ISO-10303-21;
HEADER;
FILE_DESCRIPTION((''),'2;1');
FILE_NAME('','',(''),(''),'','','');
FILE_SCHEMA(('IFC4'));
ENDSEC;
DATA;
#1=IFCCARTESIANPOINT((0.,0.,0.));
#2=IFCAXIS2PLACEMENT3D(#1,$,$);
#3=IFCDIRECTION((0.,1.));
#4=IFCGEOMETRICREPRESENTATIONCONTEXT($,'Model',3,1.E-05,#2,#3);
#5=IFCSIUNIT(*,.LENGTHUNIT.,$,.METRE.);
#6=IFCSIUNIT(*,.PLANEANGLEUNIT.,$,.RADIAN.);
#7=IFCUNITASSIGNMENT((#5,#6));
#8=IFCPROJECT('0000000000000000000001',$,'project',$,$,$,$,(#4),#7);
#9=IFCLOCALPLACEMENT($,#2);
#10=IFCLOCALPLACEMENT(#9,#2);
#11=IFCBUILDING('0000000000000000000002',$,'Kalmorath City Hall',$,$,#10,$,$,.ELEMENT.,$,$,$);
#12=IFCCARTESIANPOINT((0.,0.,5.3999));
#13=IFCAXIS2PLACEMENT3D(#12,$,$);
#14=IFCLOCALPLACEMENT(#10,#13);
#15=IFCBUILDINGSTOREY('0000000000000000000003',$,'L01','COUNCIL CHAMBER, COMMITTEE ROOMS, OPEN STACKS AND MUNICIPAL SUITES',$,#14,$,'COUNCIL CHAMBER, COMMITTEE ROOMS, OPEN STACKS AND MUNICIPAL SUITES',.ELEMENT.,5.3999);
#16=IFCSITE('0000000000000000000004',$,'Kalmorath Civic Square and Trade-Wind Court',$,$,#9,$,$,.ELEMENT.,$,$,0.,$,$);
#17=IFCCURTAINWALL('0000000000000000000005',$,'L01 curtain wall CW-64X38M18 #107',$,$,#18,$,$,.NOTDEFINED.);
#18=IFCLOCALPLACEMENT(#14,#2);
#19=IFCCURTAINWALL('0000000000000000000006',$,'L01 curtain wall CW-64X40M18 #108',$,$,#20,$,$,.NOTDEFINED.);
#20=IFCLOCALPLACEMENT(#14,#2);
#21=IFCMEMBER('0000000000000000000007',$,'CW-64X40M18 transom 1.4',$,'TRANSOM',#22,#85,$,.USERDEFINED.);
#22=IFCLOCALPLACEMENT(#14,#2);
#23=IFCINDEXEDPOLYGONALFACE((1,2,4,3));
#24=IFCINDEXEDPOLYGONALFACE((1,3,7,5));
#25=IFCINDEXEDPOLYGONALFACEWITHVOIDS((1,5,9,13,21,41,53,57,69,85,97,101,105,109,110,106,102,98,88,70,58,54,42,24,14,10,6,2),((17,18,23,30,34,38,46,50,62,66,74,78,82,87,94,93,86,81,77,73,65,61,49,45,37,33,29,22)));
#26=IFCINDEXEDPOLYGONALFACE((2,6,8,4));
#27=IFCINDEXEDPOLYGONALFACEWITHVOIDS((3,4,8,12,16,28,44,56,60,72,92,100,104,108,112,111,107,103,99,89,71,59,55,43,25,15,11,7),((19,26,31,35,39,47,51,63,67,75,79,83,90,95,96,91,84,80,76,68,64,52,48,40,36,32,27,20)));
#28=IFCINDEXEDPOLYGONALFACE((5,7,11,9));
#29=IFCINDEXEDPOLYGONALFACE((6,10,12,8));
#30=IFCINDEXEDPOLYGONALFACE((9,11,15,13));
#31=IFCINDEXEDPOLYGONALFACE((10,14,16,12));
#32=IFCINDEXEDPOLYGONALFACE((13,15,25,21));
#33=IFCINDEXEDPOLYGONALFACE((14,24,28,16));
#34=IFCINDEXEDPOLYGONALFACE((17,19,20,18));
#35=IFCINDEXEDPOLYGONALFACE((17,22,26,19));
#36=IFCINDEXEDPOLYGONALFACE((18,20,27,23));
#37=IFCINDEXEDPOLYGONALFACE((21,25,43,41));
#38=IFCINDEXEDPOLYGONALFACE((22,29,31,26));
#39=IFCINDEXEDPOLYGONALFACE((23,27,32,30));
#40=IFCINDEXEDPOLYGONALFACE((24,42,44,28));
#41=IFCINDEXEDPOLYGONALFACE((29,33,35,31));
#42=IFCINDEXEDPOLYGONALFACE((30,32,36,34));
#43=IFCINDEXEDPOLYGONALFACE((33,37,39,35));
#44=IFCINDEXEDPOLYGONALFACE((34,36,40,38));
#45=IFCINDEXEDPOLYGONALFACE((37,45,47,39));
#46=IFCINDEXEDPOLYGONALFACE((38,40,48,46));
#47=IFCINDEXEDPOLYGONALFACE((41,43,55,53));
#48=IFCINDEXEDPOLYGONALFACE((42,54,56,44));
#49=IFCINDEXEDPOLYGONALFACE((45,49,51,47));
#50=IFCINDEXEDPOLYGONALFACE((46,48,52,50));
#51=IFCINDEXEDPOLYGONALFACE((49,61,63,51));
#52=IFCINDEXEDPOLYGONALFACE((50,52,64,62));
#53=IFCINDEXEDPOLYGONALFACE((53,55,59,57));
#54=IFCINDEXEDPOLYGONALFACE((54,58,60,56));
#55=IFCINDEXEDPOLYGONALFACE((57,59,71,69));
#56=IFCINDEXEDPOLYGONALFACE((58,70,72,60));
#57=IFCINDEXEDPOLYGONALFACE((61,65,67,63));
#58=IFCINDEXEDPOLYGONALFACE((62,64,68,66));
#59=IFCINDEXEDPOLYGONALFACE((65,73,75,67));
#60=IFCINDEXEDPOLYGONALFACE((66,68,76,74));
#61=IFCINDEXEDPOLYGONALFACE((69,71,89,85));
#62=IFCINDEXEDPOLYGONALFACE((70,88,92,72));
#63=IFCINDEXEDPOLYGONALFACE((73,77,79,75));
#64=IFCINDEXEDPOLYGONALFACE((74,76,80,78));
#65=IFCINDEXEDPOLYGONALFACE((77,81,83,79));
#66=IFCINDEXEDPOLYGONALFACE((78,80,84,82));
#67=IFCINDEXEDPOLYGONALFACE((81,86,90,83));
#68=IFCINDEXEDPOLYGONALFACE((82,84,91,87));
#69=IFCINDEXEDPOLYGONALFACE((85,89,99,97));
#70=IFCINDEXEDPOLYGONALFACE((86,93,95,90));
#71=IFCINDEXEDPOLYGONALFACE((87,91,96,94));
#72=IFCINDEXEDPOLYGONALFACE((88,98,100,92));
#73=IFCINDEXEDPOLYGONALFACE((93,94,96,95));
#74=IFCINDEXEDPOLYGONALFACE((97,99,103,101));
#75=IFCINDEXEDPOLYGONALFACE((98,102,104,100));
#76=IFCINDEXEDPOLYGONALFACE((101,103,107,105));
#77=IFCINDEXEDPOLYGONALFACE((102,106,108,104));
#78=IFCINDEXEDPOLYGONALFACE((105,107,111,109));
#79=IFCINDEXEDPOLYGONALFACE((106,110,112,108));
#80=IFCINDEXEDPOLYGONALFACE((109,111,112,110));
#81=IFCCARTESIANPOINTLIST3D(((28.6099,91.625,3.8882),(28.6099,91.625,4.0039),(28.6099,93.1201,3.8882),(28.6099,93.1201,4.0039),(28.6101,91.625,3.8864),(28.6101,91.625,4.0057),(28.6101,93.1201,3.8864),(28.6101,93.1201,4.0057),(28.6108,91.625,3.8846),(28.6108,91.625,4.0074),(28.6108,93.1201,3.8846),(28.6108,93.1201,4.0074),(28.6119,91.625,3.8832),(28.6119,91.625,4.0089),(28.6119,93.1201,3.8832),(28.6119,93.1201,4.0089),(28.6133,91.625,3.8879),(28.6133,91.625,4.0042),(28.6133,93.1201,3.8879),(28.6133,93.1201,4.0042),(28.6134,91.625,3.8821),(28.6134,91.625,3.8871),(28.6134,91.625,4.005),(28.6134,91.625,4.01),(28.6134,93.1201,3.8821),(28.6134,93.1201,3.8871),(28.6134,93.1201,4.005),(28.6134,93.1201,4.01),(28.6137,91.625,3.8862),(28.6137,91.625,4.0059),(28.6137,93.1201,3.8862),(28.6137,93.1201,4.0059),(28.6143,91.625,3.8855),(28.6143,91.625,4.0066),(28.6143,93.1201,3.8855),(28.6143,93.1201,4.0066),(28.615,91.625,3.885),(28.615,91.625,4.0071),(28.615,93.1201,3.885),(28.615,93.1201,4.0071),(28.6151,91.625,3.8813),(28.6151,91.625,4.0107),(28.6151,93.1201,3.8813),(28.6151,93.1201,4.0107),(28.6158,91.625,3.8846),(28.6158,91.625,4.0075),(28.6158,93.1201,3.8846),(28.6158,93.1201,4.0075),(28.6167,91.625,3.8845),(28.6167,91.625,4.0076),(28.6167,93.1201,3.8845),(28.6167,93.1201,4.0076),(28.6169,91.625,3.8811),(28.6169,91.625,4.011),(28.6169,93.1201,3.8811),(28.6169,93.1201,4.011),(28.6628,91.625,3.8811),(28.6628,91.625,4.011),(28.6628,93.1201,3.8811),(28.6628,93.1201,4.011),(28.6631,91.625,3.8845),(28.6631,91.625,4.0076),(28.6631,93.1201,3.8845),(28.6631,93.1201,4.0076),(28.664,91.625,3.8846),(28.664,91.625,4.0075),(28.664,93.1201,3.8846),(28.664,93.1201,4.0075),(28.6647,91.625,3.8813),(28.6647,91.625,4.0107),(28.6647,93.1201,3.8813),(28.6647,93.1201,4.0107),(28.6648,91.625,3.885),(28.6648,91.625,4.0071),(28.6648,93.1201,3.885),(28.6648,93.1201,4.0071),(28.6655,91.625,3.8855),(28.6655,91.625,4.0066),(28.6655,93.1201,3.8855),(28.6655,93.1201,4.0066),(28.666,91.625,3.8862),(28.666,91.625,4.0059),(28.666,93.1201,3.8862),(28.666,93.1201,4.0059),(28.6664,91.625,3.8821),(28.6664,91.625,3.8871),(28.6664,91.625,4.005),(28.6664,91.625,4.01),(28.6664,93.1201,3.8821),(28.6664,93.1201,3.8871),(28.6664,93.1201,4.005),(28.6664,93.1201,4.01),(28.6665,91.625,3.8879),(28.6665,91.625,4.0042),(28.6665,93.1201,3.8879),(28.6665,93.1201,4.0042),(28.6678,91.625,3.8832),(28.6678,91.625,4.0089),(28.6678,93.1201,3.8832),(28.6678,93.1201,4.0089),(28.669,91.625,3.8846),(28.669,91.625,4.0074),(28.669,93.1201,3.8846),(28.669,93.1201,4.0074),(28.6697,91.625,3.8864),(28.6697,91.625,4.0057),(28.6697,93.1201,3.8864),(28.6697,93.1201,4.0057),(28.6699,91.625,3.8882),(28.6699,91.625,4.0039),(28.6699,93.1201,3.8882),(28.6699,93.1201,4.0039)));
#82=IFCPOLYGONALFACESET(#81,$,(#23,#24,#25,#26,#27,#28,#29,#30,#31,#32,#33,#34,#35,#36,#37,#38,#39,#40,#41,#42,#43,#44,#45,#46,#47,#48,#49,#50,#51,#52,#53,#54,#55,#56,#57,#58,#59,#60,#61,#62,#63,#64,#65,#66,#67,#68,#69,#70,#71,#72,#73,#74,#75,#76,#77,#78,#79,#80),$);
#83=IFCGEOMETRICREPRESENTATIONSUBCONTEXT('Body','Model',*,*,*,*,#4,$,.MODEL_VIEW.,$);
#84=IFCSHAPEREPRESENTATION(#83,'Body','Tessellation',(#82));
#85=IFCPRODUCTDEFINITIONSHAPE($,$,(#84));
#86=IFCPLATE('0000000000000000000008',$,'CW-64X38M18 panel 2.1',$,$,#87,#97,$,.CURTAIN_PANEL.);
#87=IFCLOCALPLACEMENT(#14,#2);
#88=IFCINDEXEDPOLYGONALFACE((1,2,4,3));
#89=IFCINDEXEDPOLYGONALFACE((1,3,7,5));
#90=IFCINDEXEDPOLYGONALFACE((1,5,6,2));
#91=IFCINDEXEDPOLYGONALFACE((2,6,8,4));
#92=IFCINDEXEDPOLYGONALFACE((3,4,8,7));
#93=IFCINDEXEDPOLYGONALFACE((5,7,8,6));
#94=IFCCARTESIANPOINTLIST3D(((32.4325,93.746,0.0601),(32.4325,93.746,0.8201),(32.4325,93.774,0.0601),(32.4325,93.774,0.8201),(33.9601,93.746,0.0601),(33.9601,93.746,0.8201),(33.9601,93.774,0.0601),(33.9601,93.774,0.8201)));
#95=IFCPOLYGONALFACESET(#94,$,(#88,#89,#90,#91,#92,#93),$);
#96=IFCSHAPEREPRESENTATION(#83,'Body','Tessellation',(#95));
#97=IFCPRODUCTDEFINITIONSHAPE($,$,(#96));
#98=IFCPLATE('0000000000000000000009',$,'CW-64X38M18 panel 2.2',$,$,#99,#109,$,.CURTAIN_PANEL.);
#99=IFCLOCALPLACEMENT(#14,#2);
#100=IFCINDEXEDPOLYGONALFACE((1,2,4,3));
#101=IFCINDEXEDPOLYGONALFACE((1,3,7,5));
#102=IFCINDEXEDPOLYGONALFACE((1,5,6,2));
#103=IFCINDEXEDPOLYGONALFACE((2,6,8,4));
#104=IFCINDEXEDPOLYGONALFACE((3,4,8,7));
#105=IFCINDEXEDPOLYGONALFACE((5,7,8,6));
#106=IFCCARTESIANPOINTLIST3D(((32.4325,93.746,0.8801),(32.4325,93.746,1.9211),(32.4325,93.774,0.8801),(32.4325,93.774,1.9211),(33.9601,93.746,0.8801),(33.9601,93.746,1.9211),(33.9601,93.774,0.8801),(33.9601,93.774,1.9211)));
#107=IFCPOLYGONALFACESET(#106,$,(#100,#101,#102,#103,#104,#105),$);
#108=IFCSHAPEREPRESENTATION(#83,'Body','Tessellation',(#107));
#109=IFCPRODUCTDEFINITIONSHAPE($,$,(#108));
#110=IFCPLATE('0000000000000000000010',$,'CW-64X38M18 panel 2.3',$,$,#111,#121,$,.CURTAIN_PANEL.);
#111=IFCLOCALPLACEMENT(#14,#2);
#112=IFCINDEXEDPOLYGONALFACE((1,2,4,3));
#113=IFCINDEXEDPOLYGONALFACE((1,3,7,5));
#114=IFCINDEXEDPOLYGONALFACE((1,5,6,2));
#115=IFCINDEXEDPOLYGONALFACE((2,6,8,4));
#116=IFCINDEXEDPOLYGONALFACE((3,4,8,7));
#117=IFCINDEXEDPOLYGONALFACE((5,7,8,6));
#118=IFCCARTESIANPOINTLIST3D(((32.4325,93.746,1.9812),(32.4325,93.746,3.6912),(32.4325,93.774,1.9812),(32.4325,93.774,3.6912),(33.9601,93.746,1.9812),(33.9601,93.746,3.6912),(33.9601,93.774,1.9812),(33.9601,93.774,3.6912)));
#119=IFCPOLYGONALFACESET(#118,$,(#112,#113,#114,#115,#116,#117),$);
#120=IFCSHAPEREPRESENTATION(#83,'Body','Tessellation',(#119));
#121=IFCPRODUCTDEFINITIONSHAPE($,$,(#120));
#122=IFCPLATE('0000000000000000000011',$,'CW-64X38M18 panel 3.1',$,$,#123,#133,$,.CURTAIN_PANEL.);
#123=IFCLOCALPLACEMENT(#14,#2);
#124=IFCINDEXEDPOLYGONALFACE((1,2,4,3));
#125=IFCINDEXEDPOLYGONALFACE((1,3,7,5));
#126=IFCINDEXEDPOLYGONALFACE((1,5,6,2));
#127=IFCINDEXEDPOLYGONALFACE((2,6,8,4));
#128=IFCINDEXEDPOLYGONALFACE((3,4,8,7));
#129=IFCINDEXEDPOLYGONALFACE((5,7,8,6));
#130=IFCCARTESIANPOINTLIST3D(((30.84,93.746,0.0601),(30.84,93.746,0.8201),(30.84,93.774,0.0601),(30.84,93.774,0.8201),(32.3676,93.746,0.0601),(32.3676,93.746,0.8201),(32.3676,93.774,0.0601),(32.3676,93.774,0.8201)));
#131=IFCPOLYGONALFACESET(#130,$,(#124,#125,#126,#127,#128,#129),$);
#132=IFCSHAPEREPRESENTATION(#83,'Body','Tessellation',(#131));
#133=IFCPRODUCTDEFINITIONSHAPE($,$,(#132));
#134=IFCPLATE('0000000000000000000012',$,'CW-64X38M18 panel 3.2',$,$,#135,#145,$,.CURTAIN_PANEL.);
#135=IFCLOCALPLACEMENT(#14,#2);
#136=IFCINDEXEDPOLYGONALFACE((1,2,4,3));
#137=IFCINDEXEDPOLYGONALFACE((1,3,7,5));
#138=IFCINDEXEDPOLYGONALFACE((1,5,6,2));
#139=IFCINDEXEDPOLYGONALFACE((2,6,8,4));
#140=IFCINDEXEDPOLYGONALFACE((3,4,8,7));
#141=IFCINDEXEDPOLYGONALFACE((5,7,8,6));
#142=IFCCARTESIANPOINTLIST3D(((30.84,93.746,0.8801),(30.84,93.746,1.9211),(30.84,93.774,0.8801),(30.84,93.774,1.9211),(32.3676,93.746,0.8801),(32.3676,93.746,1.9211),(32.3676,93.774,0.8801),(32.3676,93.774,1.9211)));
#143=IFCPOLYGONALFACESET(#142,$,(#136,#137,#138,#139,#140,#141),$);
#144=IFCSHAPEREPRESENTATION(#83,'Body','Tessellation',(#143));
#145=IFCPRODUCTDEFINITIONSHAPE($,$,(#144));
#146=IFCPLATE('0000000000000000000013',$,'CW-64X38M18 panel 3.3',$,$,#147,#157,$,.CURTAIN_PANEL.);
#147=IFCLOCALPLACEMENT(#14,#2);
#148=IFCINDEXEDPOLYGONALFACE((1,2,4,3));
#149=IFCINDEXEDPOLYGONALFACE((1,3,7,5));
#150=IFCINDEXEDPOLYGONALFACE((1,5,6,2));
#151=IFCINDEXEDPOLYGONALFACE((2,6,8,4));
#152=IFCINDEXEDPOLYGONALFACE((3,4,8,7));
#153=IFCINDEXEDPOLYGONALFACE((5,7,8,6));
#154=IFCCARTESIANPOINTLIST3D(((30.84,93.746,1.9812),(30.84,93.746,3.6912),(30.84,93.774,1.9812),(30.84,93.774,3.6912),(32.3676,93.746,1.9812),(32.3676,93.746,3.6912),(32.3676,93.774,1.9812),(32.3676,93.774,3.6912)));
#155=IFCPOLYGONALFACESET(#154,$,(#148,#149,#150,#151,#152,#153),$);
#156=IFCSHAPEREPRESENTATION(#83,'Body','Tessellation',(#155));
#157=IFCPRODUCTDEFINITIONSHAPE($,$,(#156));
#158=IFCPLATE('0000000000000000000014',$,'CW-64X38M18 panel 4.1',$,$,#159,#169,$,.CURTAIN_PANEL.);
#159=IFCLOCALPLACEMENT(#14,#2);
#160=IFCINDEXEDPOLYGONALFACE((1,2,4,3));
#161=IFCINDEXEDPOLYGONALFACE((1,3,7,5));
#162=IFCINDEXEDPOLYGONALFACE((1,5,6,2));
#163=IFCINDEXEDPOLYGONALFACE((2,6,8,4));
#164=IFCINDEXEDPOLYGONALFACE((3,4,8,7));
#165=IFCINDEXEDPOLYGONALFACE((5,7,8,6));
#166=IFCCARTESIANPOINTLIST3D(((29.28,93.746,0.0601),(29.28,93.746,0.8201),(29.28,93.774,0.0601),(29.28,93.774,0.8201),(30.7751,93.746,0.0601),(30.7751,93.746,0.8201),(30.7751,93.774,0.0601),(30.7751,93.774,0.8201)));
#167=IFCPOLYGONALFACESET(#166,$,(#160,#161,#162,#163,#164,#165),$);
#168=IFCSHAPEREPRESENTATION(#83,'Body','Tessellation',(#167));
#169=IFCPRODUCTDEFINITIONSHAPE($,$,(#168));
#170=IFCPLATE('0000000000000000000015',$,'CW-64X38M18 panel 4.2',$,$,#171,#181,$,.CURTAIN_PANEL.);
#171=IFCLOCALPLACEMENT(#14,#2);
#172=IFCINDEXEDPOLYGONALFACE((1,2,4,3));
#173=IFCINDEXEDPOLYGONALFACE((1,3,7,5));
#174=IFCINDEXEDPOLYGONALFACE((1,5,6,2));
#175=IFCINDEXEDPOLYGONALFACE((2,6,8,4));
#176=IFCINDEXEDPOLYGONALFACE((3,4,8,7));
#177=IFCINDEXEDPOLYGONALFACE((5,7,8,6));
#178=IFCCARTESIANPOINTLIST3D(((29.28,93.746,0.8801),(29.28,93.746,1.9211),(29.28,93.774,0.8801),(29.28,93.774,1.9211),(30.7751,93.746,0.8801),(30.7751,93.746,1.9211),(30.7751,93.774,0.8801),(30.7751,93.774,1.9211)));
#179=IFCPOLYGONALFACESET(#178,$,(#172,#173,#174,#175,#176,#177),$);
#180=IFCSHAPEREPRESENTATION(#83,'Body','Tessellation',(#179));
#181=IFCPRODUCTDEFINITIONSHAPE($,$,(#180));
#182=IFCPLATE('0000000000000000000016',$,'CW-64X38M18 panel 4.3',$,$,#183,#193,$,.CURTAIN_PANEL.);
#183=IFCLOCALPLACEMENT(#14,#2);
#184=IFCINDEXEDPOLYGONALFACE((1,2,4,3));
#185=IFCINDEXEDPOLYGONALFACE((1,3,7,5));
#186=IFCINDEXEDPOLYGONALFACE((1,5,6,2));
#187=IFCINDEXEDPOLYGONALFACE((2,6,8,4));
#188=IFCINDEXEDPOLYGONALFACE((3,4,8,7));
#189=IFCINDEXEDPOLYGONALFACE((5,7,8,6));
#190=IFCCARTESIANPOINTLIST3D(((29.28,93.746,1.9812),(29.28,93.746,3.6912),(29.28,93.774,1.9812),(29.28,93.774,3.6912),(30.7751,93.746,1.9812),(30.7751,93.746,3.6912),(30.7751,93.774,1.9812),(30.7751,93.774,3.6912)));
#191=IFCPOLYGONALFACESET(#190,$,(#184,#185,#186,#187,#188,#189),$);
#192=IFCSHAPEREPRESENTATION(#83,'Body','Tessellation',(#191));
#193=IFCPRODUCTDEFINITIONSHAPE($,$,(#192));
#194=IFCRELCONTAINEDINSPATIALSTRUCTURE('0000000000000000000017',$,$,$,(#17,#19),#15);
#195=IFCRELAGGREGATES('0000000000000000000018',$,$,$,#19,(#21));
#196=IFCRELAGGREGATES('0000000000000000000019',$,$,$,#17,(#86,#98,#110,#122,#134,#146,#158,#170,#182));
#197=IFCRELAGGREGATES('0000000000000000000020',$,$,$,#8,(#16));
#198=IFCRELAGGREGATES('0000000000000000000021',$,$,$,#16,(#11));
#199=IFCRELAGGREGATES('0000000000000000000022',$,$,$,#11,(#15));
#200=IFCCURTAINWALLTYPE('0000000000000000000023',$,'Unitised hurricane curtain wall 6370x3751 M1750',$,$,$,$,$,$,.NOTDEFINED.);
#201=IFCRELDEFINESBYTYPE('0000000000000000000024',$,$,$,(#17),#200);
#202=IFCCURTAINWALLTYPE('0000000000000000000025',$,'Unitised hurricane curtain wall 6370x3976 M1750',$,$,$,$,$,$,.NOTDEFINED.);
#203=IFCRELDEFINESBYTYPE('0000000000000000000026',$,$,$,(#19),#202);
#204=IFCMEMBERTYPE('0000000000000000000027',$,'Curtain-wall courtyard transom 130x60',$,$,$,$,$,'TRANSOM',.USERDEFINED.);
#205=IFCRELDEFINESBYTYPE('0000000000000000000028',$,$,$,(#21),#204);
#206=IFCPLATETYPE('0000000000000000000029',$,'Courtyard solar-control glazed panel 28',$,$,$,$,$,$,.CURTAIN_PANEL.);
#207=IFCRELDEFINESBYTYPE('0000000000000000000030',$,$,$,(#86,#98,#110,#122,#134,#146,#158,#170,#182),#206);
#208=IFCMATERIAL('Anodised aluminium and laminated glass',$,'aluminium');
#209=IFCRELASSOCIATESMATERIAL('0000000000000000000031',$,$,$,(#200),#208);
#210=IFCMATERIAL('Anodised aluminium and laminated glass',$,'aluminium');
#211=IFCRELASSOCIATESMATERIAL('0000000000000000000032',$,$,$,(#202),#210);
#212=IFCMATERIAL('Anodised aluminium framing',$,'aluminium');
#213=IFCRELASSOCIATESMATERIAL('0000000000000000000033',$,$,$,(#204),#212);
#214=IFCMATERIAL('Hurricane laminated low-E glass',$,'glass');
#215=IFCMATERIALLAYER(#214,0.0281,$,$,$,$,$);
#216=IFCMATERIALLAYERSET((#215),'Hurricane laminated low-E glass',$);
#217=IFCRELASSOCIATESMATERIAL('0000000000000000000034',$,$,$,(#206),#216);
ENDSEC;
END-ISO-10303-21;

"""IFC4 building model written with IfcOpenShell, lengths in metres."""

from ifc_helpers import new_model, si_unit, direction, frame, origin, origin_2d, place, context, subcontext, project, spatial, rectangle, hollow_rectangle, extrude, material, layer, layer_set, material_profile, profile_set, type_object, element, aggregate, save


model = new_model("IFC4")

# Units and contexts
model_context = context("Model", 3, precision=1e-05, world=origin(), true_north=direction((0.0, 1.0)))
body_context = subcontext(model_context, "Body", "Model", "MODEL_VIEW")
ifc_project = project(units=[si_unit("LENGTHUNIT", "METRE"), si_unit("PLANEANGLEUNIT", "RADIAN")], contexts=[model_context])

# Site, building, storey
site_placement = place(None, origin())
site = spatial("IfcSite", under=ifc_project, at=site_placement, Name="Kalmorath Civic Square and Trade-Wind Court", CompositionType="ELEMENT", RefElevation=0.0)
building_placement = place(site_placement, origin())
building = spatial("IfcBuilding", under=site, at=building_placement, Name="Kalmorath City Hall", CompositionType="ELEMENT")
storey_placement = place(building_placement, frame((0.0, 0.0, 5.3999)))
storey = spatial("IfcBuildingStorey", under=building, at=storey_placement, Name="L01", Description="COUNCIL CHAMBER, COMMITTEE ROOMS, OPEN STACKS AND MUNICIPAL SUITES", LongName="COUNCIL CHAMBER, COMMITTEE ROOMS, OPEN STACKS AND MUNICIPAL SUITES", CompositionType="ELEMENT", Elevation=5.3999)

# Curtain wall
ifc_material_1 = material(Name="Anodised aluminium and laminated glass", Category="aluminium")
curtain_wall_type_1 = type_object("IfcCurtainWallType", Name="Unitised hurricane curtain wall 6370x3751 M1750", PredefinedType="NOTDEFINED", material=ifc_material_1)
curtain_wall_1_placement = place(storey_placement, origin())
curtain_wall_1 = element("IfcCurtainWall", 1, at=curtain_wall_1_placement, inside=storey, type_object=curtain_wall_type_1, Name="L01 curtain wall CW-64X38M18 #107", PredefinedType="NOTDEFINED")

# Curtain wall
ifc_material_2 = material(Name="Anodised aluminium and laminated glass", Category="aluminium")
curtain_wall_type_2 = type_object("IfcCurtainWallType", Name="Unitised hurricane curtain wall 6370x3976 M1750", PredefinedType="NOTDEFINED", material=ifc_material_2)
curtain_wall_2_placement = place(storey_placement, origin())
curtain_wall_2 = element("IfcCurtainWall", 2, at=curtain_wall_2_placement, inside=storey, type_object=curtain_wall_type_2, Name="L01 curtain wall CW-64X40M18 #108", PredefinedType="NOTDEFINED")

# Member
ifc_material_3 = material(Name="Anodised aluminium framing", Category="aluminium")
ifc_material_profile_1 = material_profile(ifc_material_3, hollow_rectangle(XDim=0.0601, YDim=0.1299, WallThickness=0.0034, InnerFilletRadius=0.0034, OuterFilletRadius=0.0071, at=origin_2d()), Name="ALU-TRN-130X60X3.5")
ifc_profile_set_1 = profile_set([ifc_material_profile_1], Name="Anodised aluminium framing")
member_type_1 = type_object("IfcMemberType", Name="Curtain-wall courtyard transom 130x60", ElementType="TRANSOM", PredefinedType="USERDEFINED", material=ifc_profile_set_1)
member_1_placement = place(storey_placement, frame((28.6399, 93.1201, 3.946), z_axis=(0.0, -1.0, 0.0), x_axis=(1.0, 0.0, 0.0)))
member_1 = element("IfcMember", 3, at=member_1_placement, type_object=member_type_1, Name="CW-64X40M18 transom 1.4", ObjectType="TRANSOM", PredefinedType="USERDEFINED", context=body_context, shape_type="SweptSolid", body=[
    extrude(hollow_rectangle(XDim=0.0601, YDim=0.1299, WallThickness=0.0034, InnerFilletRadius=0.0034, OuterFilletRadius=0.0071, at=origin_2d()), origin(), (0.0, 0.0, 1.0), 1.4951),
])
aggregate(curtain_wall_2, [member_1])

# Plates
ifc_material_4 = material(Name="Hurricane laminated low-E glass", Category="glass")
ifc_layer = layer(ifc_material_4, 0.0281)
ifc_layer_set = layer_set([ifc_layer], Name="Hurricane laminated low-E glass")
plate_type = type_object("IfcPlateType", Name="Courtyard solar-control glazed panel 28", PredefinedType="CURTAIN_PANEL", material=ifc_layer_set)
plate_1_placement = place(storey_placement, frame((33.1963, 93.76, 0.0601), z_axis=(0.0, 0.0, 1.0), x_axis=(-1.0, 0.0, 0.0)))
plate_1 = element("IfcPlate", 4, at=plate_1_placement, type_object=plate_type, Name="CW-64X38M18 panel 2.1", PredefinedType="CURTAIN_PANEL", context=body_context, shape_type="SweptSolid", body=[
    extrude(rectangle(XDim=1.5276, YDim=0.0281, at=origin_2d()), origin(), (0.0, 0.0, 1.0), 0.76),
])
plate_2_placement = place(storey_placement, frame((33.1963, 93.76, 0.8801), z_axis=(0.0, 0.0, 1.0), x_axis=(-1.0, 0.0, 0.0)))
plate_2 = element("IfcPlate", 5, at=plate_2_placement, type_object=plate_type, Name="CW-64X38M18 panel 2.2", PredefinedType="CURTAIN_PANEL", context=body_context, shape_type="SweptSolid", body=[
    extrude(rectangle(XDim=1.5276, YDim=0.0281, at=origin_2d()), origin(), (0.0, 0.0, 1.0), 1.041),
])
plate_3_placement = place(storey_placement, frame((33.1963, 93.76, 1.9812), z_axis=(0.0, 0.0, 1.0), x_axis=(-1.0, 0.0, 0.0)))
plate_3 = element("IfcPlate", 6, at=plate_3_placement, type_object=plate_type, Name="CW-64X38M18 panel 2.3", PredefinedType="CURTAIN_PANEL", context=body_context, shape_type="SweptSolid", body=[
    extrude(rectangle(XDim=1.5276, YDim=0.0281, at=origin_2d()), origin(), (0.0, 0.0, 1.0), 1.71),
])
plate_4_placement = place(storey_placement, frame((31.6038, 93.76, 0.0601), z_axis=(0.0, 0.0, 1.0), x_axis=(-1.0, 0.0, 0.0)))
plate_4 = element("IfcPlate", 7, at=plate_4_placement, type_object=plate_type, Name="CW-64X38M18 panel 3.1", PredefinedType="CURTAIN_PANEL", context=body_context, shape_type="SweptSolid", body=[
    extrude(rectangle(XDim=1.5276, YDim=0.0281, at=origin_2d()), origin(), (0.0, 0.0, 1.0), 0.76),
])
plate_5_placement = place(storey_placement, frame((31.6038, 93.76, 0.8801), z_axis=(0.0, 0.0, 1.0), x_axis=(-1.0, 0.0, 0.0)))
plate_5 = element("IfcPlate", 8, at=plate_5_placement, type_object=plate_type, Name="CW-64X38M18 panel 3.2", PredefinedType="CURTAIN_PANEL", context=body_context, shape_type="SweptSolid", body=[
    extrude(rectangle(XDim=1.5276, YDim=0.0281, at=origin_2d()), origin(), (0.0, 0.0, 1.0), 1.041),
])
plate_6_placement = place(storey_placement, frame((31.6038, 93.76, 1.9812), z_axis=(0.0, 0.0, 1.0), x_axis=(-1.0, 0.0, 0.0)))
plate_6 = element("IfcPlate", 9, at=plate_6_placement, type_object=plate_type, Name="CW-64X38M18 panel 3.3", PredefinedType="CURTAIN_PANEL", context=body_context, shape_type="SweptSolid", body=[
    extrude(rectangle(XDim=1.5276, YDim=0.0281, at=origin_2d()), origin(), (0.0, 0.0, 1.0), 1.71),
])
plate_7_placement = place(storey_placement, frame((30.0276, 93.76, 0.0601), z_axis=(0.0, 0.0, 1.0), x_axis=(-1.0, 0.0, 0.0)))
plate_7 = element("IfcPlate", 10, at=plate_7_placement, type_object=plate_type, Name="CW-64X38M18 panel 4.1", PredefinedType="CURTAIN_PANEL", context=body_context, shape_type="SweptSolid", body=[
    extrude(rectangle(XDim=1.4951, YDim=0.0281, at=origin_2d()), origin(), (0.0, 0.0, 1.0), 0.76),
])
plate_8_placement = place(storey_placement, frame((30.0276, 93.76, 0.8801), z_axis=(0.0, 0.0, 1.0), x_axis=(-1.0, 0.0, 0.0)))
plate_8 = element("IfcPlate", 11, at=plate_8_placement, type_object=plate_type, Name="CW-64X38M18 panel 4.2", PredefinedType="CURTAIN_PANEL", context=body_context, shape_type="SweptSolid", body=[
    extrude(rectangle(XDim=1.4951, YDim=0.0281, at=origin_2d()), origin(), (0.0, 0.0, 1.0), 1.041),
])
plate_9_placement = place(storey_placement, frame((30.0276, 93.76, 1.9812), z_axis=(0.0, 0.0, 1.0), x_axis=(-1.0, 0.0, 0.0)))
plate_9 = element("IfcPlate", 12, at=plate_9_placement, type_object=plate_type, Name="CW-64X38M18 panel 4.3", PredefinedType="CURTAIN_PANEL", context=body_context, shape_type="SweptSolid", body=[
    extrude(rectangle(XDim=1.4951, YDim=0.0281, at=origin_2d()), origin(), (0.0, 0.0, 1.0), 1.71),
])
aggregate(curtain_wall_1, [plate_1, plate_2, plate_3, plate_4, plate_5, plate_6, plate_7, plate_8, plate_9])

save(model, "model.ifc")
